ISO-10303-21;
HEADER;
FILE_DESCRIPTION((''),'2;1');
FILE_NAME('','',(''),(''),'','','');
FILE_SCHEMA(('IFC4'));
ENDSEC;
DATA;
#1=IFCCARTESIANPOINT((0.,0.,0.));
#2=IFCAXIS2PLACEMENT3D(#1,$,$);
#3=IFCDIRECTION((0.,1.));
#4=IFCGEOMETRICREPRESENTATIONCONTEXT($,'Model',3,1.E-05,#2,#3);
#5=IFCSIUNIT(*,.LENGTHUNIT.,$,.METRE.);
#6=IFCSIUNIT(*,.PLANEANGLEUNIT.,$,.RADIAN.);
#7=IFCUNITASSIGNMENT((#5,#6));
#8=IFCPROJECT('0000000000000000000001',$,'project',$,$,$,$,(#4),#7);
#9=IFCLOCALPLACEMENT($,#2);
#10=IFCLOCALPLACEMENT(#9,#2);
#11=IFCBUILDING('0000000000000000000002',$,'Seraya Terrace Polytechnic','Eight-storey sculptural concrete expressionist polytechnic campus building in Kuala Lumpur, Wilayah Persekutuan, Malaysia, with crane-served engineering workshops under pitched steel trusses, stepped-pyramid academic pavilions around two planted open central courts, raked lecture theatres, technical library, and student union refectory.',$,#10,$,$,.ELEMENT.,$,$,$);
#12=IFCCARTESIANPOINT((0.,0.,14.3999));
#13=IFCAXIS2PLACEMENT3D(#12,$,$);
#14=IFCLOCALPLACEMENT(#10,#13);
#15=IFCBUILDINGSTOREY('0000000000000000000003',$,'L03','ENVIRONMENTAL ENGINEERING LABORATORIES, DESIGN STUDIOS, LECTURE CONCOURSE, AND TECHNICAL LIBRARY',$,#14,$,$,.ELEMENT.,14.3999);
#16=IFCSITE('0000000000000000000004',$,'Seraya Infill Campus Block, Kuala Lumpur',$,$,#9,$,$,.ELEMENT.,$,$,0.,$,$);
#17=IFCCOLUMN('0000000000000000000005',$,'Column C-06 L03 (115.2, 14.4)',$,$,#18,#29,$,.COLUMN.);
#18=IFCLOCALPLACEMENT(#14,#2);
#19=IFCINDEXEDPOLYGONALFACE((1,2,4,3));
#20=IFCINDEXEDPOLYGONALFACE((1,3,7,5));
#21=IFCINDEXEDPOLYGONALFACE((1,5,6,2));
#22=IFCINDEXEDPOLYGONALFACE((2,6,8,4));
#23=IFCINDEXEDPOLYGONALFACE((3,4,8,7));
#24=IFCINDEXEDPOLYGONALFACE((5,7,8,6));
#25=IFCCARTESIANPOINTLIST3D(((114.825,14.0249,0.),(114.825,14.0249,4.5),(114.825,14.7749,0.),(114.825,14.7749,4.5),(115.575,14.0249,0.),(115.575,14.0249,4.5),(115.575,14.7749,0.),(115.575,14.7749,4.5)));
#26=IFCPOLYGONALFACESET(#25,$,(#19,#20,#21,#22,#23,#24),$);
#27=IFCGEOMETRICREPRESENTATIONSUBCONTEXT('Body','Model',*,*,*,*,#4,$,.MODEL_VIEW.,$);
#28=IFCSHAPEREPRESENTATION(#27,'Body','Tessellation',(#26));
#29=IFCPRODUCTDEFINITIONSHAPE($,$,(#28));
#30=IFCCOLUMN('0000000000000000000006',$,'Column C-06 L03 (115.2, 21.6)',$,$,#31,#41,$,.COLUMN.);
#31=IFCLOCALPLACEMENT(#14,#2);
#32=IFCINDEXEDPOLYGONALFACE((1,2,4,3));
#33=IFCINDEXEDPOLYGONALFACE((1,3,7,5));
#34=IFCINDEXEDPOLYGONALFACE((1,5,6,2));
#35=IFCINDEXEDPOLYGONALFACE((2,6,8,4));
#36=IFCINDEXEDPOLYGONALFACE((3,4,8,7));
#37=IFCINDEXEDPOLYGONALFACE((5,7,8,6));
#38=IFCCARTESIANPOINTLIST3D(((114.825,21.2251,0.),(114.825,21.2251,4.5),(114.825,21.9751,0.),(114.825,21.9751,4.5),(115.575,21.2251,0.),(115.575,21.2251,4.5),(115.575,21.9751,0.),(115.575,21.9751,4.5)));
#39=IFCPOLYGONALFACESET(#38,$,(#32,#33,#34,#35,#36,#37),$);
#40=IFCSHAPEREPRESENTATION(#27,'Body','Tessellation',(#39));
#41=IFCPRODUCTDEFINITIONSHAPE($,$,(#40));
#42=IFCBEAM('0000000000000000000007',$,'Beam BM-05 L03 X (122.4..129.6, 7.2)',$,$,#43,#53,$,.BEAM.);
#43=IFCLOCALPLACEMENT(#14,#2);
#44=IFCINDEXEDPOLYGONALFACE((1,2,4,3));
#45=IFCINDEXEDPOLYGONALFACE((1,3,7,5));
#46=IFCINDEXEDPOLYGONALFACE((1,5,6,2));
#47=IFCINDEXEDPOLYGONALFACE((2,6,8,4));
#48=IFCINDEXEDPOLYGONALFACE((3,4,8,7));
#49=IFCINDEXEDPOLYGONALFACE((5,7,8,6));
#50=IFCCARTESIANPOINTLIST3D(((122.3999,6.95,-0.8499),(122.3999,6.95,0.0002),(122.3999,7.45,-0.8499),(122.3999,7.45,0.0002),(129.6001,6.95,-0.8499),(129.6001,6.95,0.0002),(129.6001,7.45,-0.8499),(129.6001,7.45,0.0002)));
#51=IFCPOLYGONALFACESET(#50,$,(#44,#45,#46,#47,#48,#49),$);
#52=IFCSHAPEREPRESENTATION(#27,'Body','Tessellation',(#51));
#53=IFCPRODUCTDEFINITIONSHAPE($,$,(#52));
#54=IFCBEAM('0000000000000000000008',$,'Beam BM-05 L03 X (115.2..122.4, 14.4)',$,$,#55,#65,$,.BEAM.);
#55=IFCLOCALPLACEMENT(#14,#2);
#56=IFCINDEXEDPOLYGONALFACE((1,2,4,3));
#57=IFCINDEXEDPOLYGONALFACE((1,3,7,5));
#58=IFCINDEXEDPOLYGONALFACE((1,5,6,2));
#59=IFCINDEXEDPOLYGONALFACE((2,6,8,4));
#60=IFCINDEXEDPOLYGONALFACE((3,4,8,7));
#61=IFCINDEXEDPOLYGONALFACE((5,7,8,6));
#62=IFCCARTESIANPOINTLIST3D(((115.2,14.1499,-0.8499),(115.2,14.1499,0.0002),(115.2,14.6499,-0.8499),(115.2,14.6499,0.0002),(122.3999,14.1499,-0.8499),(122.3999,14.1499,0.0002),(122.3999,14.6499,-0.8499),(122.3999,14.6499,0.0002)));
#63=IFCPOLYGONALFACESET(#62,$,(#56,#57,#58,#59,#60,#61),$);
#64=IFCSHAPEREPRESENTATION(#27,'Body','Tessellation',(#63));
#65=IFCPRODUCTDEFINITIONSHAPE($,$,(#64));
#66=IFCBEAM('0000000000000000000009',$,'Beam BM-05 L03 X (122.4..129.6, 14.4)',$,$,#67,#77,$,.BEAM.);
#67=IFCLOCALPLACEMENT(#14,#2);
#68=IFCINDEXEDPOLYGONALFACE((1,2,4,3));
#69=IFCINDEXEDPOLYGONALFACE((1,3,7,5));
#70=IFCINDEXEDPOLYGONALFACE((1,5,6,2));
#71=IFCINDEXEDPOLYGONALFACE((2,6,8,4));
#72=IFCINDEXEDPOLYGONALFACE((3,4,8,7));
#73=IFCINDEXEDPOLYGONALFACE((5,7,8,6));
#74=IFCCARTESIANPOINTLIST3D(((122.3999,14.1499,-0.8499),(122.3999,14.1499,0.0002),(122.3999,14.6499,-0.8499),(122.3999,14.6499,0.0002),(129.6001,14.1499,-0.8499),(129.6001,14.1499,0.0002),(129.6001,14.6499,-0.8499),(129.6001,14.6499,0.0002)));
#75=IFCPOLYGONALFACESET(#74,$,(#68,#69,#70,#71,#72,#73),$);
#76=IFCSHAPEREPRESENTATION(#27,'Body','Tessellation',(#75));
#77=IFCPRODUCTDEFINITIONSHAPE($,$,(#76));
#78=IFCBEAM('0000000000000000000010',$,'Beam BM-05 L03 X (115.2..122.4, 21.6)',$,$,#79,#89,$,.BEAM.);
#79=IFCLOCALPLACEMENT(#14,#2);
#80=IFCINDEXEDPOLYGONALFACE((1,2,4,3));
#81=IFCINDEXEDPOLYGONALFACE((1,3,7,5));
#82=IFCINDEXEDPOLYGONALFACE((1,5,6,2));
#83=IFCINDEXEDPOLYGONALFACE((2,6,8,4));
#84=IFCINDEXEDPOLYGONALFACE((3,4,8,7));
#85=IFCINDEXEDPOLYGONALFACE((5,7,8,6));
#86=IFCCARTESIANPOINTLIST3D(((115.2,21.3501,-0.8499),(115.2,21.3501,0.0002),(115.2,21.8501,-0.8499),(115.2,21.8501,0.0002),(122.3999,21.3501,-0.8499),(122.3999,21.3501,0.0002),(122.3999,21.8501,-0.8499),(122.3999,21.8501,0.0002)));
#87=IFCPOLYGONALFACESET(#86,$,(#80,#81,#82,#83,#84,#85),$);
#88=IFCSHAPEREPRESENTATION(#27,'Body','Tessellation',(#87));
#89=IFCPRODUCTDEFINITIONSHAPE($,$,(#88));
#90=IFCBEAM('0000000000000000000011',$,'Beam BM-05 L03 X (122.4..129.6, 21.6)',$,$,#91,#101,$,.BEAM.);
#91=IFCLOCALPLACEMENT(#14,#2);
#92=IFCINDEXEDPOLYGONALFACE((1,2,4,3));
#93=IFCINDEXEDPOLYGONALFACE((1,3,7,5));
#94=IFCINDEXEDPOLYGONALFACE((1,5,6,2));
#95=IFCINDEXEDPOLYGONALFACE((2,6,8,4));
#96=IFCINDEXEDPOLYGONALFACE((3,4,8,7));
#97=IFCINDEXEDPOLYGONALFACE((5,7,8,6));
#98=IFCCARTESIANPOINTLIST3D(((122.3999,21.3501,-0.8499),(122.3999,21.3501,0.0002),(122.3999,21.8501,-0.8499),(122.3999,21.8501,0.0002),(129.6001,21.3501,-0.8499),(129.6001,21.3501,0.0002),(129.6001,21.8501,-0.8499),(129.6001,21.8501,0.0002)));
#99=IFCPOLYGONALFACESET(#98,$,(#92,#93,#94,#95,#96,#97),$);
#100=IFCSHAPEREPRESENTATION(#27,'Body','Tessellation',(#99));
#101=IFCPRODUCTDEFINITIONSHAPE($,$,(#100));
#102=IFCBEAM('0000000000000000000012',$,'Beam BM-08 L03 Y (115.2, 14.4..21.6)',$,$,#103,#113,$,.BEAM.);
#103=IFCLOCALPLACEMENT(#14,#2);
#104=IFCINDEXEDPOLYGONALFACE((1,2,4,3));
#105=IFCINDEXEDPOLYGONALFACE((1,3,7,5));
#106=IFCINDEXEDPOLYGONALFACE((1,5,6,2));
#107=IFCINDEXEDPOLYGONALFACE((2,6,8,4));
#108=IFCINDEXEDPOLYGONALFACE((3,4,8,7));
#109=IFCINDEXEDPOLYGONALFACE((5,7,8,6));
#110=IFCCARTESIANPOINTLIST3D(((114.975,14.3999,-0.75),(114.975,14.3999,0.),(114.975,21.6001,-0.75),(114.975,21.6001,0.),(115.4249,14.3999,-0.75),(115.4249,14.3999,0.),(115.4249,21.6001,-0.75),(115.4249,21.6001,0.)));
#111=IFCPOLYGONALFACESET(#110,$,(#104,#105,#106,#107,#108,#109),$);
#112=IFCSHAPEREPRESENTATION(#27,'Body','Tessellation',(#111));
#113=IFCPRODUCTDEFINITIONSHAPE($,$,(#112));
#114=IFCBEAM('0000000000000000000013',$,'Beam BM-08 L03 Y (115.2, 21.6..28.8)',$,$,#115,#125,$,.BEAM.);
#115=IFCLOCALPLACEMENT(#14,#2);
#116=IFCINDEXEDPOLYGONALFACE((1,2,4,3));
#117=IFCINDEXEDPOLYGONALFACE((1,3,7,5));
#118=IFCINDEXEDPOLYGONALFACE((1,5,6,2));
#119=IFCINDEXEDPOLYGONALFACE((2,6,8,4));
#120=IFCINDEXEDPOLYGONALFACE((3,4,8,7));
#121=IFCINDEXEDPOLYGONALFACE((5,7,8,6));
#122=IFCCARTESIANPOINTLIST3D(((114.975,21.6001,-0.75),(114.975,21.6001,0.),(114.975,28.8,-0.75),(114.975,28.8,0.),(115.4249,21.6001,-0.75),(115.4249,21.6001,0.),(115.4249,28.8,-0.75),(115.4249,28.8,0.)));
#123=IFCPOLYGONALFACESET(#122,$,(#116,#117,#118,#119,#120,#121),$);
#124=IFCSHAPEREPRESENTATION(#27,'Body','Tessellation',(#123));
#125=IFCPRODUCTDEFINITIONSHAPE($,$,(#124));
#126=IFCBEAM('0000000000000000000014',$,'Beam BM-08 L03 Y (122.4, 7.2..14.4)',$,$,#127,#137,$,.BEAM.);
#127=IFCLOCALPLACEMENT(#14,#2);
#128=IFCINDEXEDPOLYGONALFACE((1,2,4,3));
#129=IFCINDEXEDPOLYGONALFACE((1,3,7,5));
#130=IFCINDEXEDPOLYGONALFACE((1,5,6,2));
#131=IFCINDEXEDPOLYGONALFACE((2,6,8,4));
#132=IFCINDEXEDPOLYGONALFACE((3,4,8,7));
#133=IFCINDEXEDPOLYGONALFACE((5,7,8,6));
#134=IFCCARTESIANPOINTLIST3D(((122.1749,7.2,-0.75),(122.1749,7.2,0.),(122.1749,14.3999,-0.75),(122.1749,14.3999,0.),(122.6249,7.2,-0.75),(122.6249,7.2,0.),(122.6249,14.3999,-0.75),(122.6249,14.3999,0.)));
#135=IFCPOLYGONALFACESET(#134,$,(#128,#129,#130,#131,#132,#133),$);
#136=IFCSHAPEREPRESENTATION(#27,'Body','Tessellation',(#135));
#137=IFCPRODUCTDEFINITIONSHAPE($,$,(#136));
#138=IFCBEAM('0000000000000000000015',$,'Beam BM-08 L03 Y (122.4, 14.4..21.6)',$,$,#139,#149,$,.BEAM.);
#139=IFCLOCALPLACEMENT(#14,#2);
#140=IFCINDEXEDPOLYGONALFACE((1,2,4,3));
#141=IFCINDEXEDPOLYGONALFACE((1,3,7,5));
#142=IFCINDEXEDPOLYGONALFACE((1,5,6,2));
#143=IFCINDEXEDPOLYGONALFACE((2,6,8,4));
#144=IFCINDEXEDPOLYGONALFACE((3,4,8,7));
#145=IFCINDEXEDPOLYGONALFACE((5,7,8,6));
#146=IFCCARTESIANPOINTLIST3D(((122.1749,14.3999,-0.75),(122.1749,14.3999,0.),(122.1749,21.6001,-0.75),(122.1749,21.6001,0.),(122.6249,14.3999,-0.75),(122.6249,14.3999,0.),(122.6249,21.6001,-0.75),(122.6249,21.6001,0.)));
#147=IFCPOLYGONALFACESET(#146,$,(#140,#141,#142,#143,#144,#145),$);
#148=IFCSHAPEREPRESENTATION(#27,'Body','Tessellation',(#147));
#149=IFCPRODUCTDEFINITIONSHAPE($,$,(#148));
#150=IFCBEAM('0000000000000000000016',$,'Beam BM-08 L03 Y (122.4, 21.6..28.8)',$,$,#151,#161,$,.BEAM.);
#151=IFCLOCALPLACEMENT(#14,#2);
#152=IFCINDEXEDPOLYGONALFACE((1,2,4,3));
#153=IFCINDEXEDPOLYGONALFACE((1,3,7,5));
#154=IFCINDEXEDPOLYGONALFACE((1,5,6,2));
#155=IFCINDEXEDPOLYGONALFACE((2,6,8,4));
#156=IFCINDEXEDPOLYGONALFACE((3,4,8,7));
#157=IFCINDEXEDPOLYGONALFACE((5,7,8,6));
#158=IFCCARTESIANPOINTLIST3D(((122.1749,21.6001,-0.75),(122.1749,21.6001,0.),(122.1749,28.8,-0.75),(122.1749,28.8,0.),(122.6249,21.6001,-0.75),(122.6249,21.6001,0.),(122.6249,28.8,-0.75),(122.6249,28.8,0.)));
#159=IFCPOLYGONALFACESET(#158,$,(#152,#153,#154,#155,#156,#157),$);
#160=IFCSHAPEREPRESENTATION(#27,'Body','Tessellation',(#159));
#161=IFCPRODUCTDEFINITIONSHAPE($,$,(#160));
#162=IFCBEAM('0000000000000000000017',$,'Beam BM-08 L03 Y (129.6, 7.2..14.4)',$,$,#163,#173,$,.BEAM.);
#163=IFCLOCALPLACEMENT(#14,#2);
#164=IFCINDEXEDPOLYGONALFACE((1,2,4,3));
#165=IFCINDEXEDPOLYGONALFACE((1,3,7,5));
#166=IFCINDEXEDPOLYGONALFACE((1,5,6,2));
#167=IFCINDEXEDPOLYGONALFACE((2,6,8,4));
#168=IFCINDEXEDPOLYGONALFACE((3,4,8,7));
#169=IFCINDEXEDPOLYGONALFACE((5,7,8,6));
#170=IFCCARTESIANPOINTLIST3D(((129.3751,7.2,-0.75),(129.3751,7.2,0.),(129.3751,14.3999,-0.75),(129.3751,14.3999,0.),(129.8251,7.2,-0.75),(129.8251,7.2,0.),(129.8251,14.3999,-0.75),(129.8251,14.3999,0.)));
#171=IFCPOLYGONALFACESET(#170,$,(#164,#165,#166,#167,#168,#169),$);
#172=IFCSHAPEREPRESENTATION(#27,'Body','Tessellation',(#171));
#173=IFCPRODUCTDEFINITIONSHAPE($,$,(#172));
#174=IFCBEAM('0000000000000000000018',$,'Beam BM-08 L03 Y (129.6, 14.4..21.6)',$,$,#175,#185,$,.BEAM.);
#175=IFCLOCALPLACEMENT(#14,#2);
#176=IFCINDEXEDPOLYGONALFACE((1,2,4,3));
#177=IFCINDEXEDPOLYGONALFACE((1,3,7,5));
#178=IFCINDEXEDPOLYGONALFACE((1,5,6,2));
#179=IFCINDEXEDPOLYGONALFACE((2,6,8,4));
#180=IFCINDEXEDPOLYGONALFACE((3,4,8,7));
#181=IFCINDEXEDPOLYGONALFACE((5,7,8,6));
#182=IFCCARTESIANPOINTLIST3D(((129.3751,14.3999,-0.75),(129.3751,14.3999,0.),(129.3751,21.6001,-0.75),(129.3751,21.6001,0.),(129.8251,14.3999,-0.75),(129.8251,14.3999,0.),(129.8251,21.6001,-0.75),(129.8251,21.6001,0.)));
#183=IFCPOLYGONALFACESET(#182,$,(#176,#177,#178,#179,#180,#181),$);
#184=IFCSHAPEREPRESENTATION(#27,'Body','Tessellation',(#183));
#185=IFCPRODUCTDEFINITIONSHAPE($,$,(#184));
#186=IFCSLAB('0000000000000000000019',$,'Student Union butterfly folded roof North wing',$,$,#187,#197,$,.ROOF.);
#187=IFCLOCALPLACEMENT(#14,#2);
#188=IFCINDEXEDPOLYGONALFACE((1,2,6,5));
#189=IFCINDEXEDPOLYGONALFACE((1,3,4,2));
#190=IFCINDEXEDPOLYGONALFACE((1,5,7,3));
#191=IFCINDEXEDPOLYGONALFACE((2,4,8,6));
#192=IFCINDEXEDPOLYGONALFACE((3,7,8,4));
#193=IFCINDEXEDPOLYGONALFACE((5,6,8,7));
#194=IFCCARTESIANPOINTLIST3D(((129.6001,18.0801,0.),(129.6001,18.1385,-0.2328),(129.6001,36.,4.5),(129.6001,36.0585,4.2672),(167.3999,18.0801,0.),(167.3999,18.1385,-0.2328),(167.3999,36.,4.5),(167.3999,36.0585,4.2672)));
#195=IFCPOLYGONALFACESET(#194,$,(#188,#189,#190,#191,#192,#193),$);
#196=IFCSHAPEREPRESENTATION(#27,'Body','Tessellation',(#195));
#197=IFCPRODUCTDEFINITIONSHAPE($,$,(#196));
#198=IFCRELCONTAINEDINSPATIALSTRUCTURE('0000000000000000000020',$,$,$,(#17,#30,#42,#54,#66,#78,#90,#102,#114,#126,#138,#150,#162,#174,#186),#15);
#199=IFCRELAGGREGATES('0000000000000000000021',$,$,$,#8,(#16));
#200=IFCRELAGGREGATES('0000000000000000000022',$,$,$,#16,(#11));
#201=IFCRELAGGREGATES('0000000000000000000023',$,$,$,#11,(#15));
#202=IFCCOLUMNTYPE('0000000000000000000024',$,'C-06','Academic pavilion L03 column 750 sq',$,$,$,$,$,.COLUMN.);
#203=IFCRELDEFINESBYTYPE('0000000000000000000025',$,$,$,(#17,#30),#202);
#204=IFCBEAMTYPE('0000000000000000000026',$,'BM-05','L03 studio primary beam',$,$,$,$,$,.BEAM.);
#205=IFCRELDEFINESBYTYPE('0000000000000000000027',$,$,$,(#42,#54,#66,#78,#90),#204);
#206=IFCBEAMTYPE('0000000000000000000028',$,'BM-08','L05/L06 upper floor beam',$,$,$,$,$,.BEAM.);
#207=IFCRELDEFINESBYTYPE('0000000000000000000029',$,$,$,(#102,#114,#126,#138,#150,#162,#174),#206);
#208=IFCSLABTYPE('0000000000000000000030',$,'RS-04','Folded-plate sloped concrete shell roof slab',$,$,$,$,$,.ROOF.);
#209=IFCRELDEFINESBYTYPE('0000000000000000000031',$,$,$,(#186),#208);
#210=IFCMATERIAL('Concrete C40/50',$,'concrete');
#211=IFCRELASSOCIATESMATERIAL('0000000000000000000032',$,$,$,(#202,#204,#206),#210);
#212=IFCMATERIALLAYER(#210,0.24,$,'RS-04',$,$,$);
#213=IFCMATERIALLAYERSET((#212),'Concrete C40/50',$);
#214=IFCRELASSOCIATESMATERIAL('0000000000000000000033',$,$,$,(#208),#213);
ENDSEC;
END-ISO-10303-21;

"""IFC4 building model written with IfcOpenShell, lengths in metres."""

from ifc_helpers import new_model, si_unit, direction, frame, origin, origin_2d, place, context, subcontext, project, spatial, polyline, rectangle, outline, extrude, material, layer, layer_set, material_profile, profile_set, type_object, element, save


model = new_model("IFC4")

# Units and contexts
model_context = context("Model", 3, precision=1e-05, world=origin(), true_north=direction((0.0, 1.0)))
body_context = subcontext(model_context, "Body", "Model", "MODEL_VIEW")
ifc_project = project(units=[si_unit("LENGTHUNIT", "METRE"), si_unit("PLANEANGLEUNIT", "RADIAN")], contexts=[model_context])

# Site, building, storey
site_placement = place(None, origin())
site = spatial("IfcSite", under=ifc_project, at=site_placement, Name="Seraya Infill Campus Block, Kuala Lumpur", CompositionType="ELEMENT", RefElevation=0.0)
building_placement = place(site_placement, origin())
building = spatial("IfcBuilding", under=site, at=building_placement, Name="Seraya Terrace Polytechnic", Description="Eight-storey sculptural concrete expressionist polytechnic campus building in Kuala Lumpur, Wilayah Persekutuan, Malaysia, with crane-served engineering workshops under pitched steel trusses, stepped-pyramid academic pavilions around two planted open central courts, raked lecture theatres, technical library, and student union refectory.", CompositionType="ELEMENT")
storey_placement = place(building_placement, frame((0.0, 0.0, 14.3999)))
storey = spatial("IfcBuildingStorey", under=building, at=storey_placement, Name="L03", Description="ENVIRONMENTAL ENGINEERING LABORATORIES, DESIGN STUDIOS, LECTURE CONCOURSE, AND TECHNICAL LIBRARY", CompositionType="ELEMENT", Elevation=14.3999)

# Columns
ifc_material_1 = material(Name="Concrete C40/50", Category="concrete")
ifc_material_profile_1 = material_profile(ifc_material_1, rectangle(XDim=0.75, YDim=0.75, at=origin_2d()), Name="RC 750x750")
ifc_profile_set_1 = profile_set([ifc_material_profile_1], Name="Concrete C40/50")
column_type = type_object("IfcColumnType", Name="C-06", Description="Academic pavilion L03 column 750 sq", PredefinedType="COLUMN", material=ifc_profile_set_1)
for number, where, z_axis, x_axis, name in (
    (1, (115.2, 14.3999, 0.0), (0.0, 0.0, 1.0), (1.0, 0.0, 0.0), "Column C-06 L03 (115.2, 14.4)"),
    (2, (115.2, 21.6001, 0.0), (0.0, 0.0, 1.0), (1.0, 0.0, 0.0), "Column C-06 L03 (115.2, 21.6)"),
):
    element("IfcColumn", number, at=place(storey_placement, frame(where, z_axis=z_axis, x_axis=x_axis)), inside=storey, type_object=column_type, Name=name, PredefinedType="COLUMN", context=body_context, shape_type="SweptSolid", body=[
        extrude(rectangle(XDim=0.75, YDim=0.75, at=origin_2d()), origin(), (0.0, 0.0, 1.0), 4.5),
    ])

# Beams
ifc_material_profile_2 = material_profile(ifc_material_1, rectangle(XDim=0.5, YDim=0.8501, at=origin_2d()), Name="RC 500x850")
ifc_profile_set_2 = profile_set([ifc_material_profile_2], Name="Concrete C40/50")
beam_type_1 = type_object("IfcBeamType", Name="BM-05", Description="L03 studio primary beam", PredefinedType="BEAM", material=ifc_profile_set_2)
beam_1_placement = place(storey_placement, frame((122.3999, 7.2, -0.4248), z_axis=(1.0, 0.0, 0.0), x_axis=(0.0, 1.0, 0.0)))
element("IfcBeam", 3, at=beam_1_placement, inside=storey, type_object=beam_type_1, Name="Beam BM-05 L03 X (122.4..129.6, 7.2)", PredefinedType="BEAM", context=body_context, shape_type="SweptSolid", body=[
    extrude(rectangle(XDim=0.5, YDim=0.8501, at=origin_2d()), origin(), (0.0, 0.0, 1.0), 7.2002),
])
beam_2_placement = place(storey_placement, frame((115.2, 14.3999, -0.4248), z_axis=(1.0, 0.0, 0.0), x_axis=(0.0, 1.0, 0.0)))
element("IfcBeam", 4, at=beam_2_placement, inside=storey, type_object=beam_type_1, Name="Beam BM-05 L03 X (115.2..122.4, 14.4)", PredefinedType="BEAM", context=body_context, shape_type="SweptSolid", body=[
    extrude(rectangle(XDim=0.5, YDim=0.8501, at=origin_2d()), origin(), (0.0, 0.0, 1.0), 7.2),
])
beam_3_placement = place(storey_placement, frame((122.3999, 14.3999, -0.4248), z_axis=(1.0, 0.0, 0.0), x_axis=(0.0, 1.0, 0.0)))
element("IfcBeam", 5, at=beam_3_placement, inside=storey, type_object=beam_type_1, Name="Beam BM-05 L03 X (122.4..129.6, 14.4)", PredefinedType="BEAM", context=body_context, shape_type="SweptSolid", body=[
    extrude(rectangle(XDim=0.5, YDim=0.8501, at=origin_2d()), origin(), (0.0, 0.0, 1.0), 7.2002),
])
beam_4_placement = place(storey_placement, frame((115.2, 21.6001, -0.4248), z_axis=(1.0, 0.0, 0.0), x_axis=(0.0, 1.0, 0.0)))
element("IfcBeam", 6, at=beam_4_placement, inside=storey, type_object=beam_type_1, Name="Beam BM-05 L03 X (115.2..122.4, 21.6)", PredefinedType="BEAM", context=body_context, shape_type="SweptSolid", body=[
    extrude(rectangle(XDim=0.5, YDim=0.8501, at=origin_2d()), origin(), (0.0, 0.0, 1.0), 7.2),
])
beam_5_placement = place(storey_placement, frame((122.3999, 21.6001, -0.4248), z_axis=(1.0, 0.0, 0.0), x_axis=(0.0, 1.0, 0.0)))
element("IfcBeam", 7, at=beam_5_placement, inside=storey, type_object=beam_type_1, Name="Beam BM-05 L03 X (122.4..129.6, 21.6)", PredefinedType="BEAM", context=body_context, shape_type="SweptSolid", body=[
    extrude(rectangle(XDim=0.5, YDim=0.8501, at=origin_2d()), origin(), (0.0, 0.0, 1.0), 7.2002),
])
ifc_material_profile_3 = material_profile(ifc_material_1, rectangle(XDim=0.45, YDim=0.75, at=origin_2d()), Name="RC 450x750")
ifc_profile_set_3 = profile_set([ifc_material_profile_3], Name="Concrete C40/50")
beam_type_2 = type_object("IfcBeamType", Name="BM-08", Description="L05/L06 upper floor beam", PredefinedType="BEAM", material=ifc_profile_set_3)
beam_6_placement = place(storey_placement, frame((115.2, 14.3999, -0.375), z_axis=(0.0, 1.0, 0.0), x_axis=(-1.0, 0.0, 0.0)))
element("IfcBeam", 8, at=beam_6_placement, inside=storey, type_object=beam_type_2, Name="Beam BM-08 L03 Y (115.2, 14.4..21.6)", PredefinedType="BEAM", context=body_context, shape_type="SweptSolid", body=[
    extrude(rectangle(XDim=0.45, YDim=0.75, at=origin_2d()), origin(), (0.0, 0.0, 1.0), 7.2002),
])
for number, where, z_axis, x_axis, name in (
    (9, (115.2, 21.6001, -0.375), (0.0, 1.0, 0.0), (-1.0, 0.0, 0.0), "Beam BM-08 L03 Y (115.2, 21.6..28.8)"),
    (10, (122.3999, 7.2, -0.375), (0.0, 1.0, 0.0), (-1.0, 0.0, 0.0), "Beam BM-08 L03 Y (122.4, 7.2..14.4)"),
):
    element("IfcBeam", number, at=place(storey_placement, frame(where, z_axis=z_axis, x_axis=x_axis)), inside=storey, type_object=beam_type_2, Name=name, PredefinedType="BEAM", context=body_context, shape_type="SweptSolid", body=[
        extrude(rectangle(XDim=0.45, YDim=0.75, at=origin_2d()), origin(), (0.0, 0.0, 1.0), 7.2),
    ])
beam_7_placement = place(storey_placement, frame((122.3999, 14.3999, -0.375), z_axis=(0.0, 1.0, 0.0), x_axis=(-1.0, 0.0, 0.0)))
element("IfcBeam", 11, at=beam_7_placement, inside=storey, type_object=beam_type_2, Name="Beam BM-08 L03 Y (122.4, 14.4..21.6)", PredefinedType="BEAM", context=body_context, shape_type="SweptSolid", body=[
    extrude(rectangle(XDim=0.45, YDim=0.75, at=origin_2d()), origin(), (0.0, 0.0, 1.0), 7.2002),
])
for number, where, z_axis, x_axis, name in (
    (12, (122.3999, 21.6001, -0.375), (0.0, 1.0, 0.0), (-1.0, 0.0, 0.0), "Beam BM-08 L03 Y (122.4, 21.6..28.8)"),
    (13, (129.6001, 7.2, -0.375), (0.0, 1.0, 0.0), (-1.0, 0.0, 0.0), "Beam BM-08 L03 Y (129.6, 7.2..14.4)"),
):
    element("IfcBeam", number, at=place(storey_placement, frame(where, z_axis=z_axis, x_axis=x_axis)), inside=storey, type_object=beam_type_2, Name=name, PredefinedType="BEAM", context=body_context, shape_type="SweptSolid", body=[
        extrude(rectangle(XDim=0.45, YDim=0.75, at=origin_2d()), origin(), (0.0, 0.0, 1.0), 7.2),
    ])
beam_8_placement = place(storey_placement, frame((129.6001, 14.3999, -0.375), z_axis=(0.0, 1.0, 0.0), x_axis=(-1.0, 0.0, 0.0)))
element("IfcBeam", 14, at=beam_8_placement, inside=storey, type_object=beam_type_2, Name="Beam BM-08 L03 Y (129.6, 14.4..21.6)", PredefinedType="BEAM", context=body_context, shape_type="SweptSolid", body=[
    extrude(rectangle(XDim=0.45, YDim=0.75, at=origin_2d()), origin(), (0.0, 0.0, 1.0), 7.2002),
])

# Slab
ifc_layer_1 = layer(ifc_material_1, 0.24, Name="RS-04")
ifc_layer_set_1 = layer_set([ifc_layer_1], Name="Concrete C40/50")
slab_type = type_object("IfcSlabType", Name="RS-04", Description="Folded-plate sloped concrete shell roof slab", PredefinedType="ROOF", material=ifc_layer_set_1)
slab_placement = place(storey_placement, frame((129.6001, 18.0801, 0.0), z_axis=(0.0, -0.243555, 0.969887), x_axis=(1.0, 0.0, 0.0)))
element("IfcSlab", 15, at=slab_placement, inside=storey, type_object=slab_type, Name="Student Union butterfly folded roof North wing", PredefinedType="ROOF", context=body_context, shape_type="SweptSolid", body=[
    extrude(outline(polyline([(0.0, 0.0), (37.7998, 0.0), (37.7998, 18.4763), (0.0, 18.4763), (0.0, 0.0)])), origin(), (0.0, 0.0, -1.0), 0.24),
])

save(model, "model.ifc")
